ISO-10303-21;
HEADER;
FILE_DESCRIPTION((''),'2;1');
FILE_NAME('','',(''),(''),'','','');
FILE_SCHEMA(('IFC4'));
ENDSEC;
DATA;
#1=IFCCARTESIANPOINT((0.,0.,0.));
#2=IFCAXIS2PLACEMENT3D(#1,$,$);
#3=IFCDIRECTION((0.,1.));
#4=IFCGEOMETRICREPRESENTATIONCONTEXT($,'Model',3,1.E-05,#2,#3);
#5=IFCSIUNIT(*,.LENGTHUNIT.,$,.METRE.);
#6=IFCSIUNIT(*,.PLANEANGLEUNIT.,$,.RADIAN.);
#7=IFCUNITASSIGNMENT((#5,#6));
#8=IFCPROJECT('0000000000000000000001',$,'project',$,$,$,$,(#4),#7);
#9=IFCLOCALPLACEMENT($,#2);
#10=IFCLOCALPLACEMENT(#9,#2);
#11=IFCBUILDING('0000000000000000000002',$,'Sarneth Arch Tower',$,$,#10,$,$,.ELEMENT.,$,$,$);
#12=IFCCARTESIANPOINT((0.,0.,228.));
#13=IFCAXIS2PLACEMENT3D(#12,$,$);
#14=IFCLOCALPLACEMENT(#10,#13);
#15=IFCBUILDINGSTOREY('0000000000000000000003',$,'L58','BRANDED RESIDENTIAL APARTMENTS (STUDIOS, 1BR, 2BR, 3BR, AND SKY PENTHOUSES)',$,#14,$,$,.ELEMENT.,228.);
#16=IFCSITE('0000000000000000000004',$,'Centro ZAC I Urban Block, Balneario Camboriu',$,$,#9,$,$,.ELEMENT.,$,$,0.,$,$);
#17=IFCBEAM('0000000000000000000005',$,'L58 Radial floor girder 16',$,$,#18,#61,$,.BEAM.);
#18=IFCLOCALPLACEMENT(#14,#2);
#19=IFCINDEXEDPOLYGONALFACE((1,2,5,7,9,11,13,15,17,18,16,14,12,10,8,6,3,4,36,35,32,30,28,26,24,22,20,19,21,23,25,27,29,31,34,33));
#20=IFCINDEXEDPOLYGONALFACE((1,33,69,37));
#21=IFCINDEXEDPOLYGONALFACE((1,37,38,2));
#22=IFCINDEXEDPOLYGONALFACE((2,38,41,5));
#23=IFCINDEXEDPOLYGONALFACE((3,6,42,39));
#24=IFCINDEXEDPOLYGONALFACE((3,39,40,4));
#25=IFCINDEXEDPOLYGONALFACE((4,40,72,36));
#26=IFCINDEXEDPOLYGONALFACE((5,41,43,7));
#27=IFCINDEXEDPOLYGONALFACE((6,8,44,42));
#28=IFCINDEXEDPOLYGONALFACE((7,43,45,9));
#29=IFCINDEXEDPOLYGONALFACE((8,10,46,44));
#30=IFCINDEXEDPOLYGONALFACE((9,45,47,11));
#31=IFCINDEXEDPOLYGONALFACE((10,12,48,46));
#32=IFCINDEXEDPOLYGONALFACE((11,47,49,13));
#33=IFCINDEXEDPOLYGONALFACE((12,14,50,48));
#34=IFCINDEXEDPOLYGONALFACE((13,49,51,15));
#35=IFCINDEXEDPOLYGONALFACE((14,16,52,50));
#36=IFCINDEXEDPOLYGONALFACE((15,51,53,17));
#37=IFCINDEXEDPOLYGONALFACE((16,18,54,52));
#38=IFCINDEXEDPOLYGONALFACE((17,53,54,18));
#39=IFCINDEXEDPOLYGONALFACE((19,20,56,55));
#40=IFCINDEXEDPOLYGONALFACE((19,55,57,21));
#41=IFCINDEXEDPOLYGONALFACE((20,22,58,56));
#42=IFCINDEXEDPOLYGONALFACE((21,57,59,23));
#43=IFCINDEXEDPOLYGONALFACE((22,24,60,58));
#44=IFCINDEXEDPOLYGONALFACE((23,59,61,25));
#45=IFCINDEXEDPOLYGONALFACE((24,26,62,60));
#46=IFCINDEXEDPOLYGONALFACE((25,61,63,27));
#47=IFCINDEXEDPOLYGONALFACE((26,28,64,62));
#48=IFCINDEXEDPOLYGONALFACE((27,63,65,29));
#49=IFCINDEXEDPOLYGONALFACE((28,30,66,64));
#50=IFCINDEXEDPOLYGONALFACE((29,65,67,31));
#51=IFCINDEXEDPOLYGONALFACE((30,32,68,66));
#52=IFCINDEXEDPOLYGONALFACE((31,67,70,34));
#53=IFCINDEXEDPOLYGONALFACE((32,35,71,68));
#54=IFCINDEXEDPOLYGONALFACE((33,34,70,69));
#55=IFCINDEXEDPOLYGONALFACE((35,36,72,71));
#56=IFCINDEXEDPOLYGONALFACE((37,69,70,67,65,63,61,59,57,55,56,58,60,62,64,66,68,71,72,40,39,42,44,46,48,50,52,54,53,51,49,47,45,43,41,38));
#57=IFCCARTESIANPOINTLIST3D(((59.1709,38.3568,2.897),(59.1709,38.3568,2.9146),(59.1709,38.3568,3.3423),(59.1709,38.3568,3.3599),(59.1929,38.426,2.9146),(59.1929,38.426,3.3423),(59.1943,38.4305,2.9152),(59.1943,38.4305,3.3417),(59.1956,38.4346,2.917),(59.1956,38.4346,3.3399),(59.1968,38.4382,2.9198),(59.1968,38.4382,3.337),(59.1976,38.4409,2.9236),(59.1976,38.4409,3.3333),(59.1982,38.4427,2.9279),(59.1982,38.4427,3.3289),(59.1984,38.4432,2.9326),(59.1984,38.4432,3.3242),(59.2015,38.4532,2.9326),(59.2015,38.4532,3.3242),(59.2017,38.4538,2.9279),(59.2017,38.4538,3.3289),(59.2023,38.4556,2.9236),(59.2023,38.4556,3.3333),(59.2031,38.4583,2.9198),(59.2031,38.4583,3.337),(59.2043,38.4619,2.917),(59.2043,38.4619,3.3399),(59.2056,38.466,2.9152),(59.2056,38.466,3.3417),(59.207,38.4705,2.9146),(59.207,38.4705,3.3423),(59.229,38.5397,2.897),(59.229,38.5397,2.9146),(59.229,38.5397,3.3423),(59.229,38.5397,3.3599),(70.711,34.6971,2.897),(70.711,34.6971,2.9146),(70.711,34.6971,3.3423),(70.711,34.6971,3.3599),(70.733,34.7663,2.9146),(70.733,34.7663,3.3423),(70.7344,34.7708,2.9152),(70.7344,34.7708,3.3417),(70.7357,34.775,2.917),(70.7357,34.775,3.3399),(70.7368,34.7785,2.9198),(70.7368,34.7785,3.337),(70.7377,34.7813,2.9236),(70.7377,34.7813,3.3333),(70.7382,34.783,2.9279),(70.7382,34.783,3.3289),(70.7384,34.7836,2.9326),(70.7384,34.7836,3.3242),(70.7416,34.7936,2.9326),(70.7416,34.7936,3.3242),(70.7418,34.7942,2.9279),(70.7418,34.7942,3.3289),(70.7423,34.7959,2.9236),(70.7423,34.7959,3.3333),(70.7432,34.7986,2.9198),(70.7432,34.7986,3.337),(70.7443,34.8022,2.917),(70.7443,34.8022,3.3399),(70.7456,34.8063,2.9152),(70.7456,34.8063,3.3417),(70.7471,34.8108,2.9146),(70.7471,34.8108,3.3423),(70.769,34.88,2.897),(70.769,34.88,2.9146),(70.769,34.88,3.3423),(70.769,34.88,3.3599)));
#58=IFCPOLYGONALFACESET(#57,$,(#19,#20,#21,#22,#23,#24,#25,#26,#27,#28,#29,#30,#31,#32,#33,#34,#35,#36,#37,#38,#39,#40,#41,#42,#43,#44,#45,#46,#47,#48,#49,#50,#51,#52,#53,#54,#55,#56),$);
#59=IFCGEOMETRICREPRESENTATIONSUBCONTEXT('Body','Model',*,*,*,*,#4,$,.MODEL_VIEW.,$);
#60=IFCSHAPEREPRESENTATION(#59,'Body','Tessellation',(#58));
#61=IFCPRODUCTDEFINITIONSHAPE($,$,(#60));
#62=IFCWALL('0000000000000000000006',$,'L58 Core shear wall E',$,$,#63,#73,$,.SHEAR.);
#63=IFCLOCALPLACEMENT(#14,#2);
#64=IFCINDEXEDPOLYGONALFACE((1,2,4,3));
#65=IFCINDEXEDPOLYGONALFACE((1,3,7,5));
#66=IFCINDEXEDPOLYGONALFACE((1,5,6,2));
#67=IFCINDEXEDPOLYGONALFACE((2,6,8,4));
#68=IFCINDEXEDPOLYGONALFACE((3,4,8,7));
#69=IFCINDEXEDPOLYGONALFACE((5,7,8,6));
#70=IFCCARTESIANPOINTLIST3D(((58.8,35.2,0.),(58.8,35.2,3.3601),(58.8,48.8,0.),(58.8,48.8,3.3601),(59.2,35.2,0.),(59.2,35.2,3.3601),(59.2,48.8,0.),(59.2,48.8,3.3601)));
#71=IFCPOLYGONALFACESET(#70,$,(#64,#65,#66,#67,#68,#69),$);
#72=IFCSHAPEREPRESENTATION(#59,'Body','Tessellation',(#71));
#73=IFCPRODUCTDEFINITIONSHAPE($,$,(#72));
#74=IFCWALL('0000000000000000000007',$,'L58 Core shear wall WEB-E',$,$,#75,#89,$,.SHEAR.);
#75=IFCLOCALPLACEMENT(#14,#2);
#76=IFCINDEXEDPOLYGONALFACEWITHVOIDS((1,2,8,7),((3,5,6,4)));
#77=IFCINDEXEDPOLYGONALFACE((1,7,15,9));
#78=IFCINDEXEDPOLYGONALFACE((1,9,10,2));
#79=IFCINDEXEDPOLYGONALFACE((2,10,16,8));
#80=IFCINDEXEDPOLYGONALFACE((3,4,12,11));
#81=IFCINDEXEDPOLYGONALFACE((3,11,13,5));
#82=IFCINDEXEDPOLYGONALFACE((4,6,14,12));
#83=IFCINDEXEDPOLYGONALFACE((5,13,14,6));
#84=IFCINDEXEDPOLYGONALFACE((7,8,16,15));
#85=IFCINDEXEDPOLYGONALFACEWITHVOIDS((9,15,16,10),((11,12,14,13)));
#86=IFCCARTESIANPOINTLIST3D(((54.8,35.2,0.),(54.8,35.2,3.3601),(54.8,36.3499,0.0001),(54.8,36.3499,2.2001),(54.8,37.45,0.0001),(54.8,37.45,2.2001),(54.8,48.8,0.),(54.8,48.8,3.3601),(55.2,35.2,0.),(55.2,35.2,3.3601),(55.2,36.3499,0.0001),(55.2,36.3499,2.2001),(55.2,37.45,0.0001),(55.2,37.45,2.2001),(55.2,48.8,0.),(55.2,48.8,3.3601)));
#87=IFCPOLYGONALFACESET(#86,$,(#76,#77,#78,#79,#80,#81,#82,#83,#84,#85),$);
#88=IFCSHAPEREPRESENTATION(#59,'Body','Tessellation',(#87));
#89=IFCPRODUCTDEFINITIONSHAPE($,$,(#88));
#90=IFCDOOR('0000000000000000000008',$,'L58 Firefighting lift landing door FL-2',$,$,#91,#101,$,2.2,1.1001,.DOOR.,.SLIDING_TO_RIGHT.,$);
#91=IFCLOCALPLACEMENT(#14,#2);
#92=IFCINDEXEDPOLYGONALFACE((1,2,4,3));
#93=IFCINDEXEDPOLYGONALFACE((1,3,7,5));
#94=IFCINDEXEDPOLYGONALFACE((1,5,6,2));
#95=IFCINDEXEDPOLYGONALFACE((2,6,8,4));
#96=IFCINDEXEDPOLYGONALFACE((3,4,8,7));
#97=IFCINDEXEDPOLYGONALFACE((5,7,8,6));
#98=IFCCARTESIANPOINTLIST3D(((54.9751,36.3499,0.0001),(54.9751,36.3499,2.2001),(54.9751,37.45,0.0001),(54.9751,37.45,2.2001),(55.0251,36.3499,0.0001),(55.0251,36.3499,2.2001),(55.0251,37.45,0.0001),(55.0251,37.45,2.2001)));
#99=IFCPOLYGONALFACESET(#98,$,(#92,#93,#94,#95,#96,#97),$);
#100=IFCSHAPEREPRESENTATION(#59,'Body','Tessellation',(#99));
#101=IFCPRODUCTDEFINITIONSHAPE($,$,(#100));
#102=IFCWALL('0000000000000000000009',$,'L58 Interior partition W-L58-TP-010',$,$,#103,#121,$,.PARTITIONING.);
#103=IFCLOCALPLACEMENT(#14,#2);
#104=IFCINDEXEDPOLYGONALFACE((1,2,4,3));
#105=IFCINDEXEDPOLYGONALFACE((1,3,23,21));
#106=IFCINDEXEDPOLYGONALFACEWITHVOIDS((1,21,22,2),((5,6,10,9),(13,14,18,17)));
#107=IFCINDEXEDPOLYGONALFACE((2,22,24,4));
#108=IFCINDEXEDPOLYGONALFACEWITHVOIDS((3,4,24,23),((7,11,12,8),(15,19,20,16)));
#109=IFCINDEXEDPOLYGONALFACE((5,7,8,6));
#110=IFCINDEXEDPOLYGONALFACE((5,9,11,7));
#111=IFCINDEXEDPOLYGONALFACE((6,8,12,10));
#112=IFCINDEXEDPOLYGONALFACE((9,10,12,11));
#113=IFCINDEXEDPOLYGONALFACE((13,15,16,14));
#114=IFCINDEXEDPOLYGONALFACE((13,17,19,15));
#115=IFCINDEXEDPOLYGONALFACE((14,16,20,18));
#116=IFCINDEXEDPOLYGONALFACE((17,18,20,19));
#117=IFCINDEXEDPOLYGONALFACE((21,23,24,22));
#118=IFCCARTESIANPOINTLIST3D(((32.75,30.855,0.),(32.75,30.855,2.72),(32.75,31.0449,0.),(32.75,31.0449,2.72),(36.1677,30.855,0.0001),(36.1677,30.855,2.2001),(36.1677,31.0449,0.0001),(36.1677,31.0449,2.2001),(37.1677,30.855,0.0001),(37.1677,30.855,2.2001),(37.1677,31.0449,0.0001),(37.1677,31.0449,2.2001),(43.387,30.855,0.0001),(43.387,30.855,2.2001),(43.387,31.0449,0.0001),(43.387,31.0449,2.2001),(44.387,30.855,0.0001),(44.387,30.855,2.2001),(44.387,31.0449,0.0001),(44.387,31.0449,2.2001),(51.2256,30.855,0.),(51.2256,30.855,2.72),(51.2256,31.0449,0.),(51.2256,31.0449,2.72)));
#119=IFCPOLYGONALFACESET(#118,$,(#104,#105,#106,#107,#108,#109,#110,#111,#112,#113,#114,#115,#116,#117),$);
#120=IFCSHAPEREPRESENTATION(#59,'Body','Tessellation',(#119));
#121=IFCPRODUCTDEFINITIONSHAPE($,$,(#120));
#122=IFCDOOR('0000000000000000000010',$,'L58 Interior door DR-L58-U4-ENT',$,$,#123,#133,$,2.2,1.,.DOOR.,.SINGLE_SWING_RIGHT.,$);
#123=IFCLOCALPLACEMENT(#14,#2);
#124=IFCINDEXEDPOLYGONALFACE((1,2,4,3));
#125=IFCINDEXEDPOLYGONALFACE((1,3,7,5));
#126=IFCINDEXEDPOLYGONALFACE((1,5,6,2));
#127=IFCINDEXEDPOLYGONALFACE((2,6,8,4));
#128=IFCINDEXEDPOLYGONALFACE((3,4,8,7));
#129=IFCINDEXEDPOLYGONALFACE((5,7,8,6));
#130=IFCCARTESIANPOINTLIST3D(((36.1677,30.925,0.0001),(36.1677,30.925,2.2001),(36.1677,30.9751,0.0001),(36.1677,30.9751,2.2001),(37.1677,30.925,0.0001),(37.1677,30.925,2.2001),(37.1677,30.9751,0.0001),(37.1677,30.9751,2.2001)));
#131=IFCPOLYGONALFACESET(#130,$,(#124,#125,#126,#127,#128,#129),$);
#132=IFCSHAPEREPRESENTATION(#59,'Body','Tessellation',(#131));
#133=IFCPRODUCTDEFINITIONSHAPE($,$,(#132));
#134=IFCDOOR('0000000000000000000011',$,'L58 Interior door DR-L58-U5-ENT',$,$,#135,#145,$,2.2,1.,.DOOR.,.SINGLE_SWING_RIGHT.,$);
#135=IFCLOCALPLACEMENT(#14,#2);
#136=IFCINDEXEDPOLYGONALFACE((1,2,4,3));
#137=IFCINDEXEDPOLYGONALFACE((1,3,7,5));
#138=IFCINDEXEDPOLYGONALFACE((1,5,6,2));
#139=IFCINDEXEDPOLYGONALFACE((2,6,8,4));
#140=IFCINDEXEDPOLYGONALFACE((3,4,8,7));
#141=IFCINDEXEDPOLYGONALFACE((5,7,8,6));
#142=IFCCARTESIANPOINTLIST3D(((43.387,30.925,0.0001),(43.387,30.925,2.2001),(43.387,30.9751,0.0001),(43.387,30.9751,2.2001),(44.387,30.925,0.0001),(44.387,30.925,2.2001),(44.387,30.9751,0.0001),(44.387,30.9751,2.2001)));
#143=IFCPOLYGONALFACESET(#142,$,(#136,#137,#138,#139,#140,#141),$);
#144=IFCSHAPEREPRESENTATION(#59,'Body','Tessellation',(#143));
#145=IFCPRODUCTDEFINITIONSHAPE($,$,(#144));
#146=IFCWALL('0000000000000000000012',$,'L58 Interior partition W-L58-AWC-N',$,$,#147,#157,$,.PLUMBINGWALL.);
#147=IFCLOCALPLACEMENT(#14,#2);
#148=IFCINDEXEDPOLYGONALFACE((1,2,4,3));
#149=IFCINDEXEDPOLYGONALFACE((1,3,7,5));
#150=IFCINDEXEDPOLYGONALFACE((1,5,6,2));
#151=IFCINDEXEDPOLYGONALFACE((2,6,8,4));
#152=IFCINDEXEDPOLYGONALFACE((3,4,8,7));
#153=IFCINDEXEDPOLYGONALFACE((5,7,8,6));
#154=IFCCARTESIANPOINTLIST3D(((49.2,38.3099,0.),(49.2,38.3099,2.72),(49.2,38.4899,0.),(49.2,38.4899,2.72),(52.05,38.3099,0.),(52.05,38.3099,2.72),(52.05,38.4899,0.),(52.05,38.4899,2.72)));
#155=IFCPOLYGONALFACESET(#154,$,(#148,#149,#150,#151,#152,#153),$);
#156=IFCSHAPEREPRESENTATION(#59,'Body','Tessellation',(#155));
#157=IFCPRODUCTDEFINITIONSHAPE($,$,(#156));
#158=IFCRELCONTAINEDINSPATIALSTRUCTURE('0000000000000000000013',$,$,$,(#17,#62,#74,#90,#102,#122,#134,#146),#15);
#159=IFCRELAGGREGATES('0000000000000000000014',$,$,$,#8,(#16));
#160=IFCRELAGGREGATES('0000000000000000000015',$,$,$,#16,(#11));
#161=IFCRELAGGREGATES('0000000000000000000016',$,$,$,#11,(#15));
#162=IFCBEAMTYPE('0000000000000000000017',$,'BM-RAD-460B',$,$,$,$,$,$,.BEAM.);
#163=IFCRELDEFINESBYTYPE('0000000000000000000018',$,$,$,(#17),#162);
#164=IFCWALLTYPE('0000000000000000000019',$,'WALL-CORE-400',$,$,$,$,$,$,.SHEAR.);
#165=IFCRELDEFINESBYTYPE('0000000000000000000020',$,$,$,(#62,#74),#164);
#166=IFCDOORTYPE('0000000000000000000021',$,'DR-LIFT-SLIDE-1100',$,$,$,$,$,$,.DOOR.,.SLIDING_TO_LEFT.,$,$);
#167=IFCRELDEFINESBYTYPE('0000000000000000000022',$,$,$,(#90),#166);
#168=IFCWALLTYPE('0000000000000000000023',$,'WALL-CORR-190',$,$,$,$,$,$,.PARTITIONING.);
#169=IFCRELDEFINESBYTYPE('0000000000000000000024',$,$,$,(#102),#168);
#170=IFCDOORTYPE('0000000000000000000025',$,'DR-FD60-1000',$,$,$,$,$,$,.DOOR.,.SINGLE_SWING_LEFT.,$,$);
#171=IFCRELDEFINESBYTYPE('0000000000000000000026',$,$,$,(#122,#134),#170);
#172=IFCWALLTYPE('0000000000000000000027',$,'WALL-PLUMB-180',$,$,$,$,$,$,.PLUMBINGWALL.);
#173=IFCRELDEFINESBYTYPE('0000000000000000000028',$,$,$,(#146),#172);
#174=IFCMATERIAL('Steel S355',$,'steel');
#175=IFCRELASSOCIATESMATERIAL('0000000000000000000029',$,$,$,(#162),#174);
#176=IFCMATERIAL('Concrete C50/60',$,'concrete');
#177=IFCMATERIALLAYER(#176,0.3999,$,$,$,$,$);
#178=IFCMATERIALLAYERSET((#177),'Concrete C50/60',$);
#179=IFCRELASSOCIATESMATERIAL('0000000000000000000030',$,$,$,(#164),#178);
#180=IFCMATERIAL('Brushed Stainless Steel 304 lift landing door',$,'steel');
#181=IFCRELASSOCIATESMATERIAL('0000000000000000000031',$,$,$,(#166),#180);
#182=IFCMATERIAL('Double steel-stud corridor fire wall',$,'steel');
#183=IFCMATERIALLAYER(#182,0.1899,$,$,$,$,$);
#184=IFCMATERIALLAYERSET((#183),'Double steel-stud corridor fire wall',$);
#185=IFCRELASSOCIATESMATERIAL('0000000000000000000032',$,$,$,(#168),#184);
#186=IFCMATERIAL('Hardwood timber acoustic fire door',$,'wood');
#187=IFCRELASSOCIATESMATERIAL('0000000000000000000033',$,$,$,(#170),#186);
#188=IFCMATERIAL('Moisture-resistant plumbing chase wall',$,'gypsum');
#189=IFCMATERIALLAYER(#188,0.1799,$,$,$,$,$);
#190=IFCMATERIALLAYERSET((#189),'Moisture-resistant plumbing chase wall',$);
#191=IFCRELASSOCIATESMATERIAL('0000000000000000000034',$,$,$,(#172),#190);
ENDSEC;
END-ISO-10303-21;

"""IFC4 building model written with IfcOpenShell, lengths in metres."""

from ifc_helpers import new_model, si_unit, direction, frame, frame_2d, origin, origin_2d, place, context, subcontext, project, spatial, rectangle, i_section, extrude, material, layer, layer_set, material_profile, profile_set, type_object, element, fill, save


model = new_model("IFC4")

# Units and contexts
model_context = context("Model", 3, precision=1e-05, world=origin(), true_north=direction((0.0, 1.0)))
body_context = subcontext(model_context, "Body", "Model", "MODEL_VIEW")
ifc_project = project(units=[si_unit("LENGTHUNIT", "METRE"), si_unit("PLANEANGLEUNIT", "RADIAN")], contexts=[model_context])

# Site, building, storey
site_placement = place(None, origin())
site = spatial("IfcSite", under=ifc_project, at=site_placement, Name="Centro ZAC I Urban Block, Balneario Camboriu", CompositionType="ELEMENT", RefElevation=0.0)
building_placement = place(site_placement, origin())
building = spatial("IfcBuilding", under=site, at=building_placement, Name="Sarneth Arch Tower", CompositionType="ELEMENT")
storey_placement = place(building_placement, frame((0.0, 0.0, 228.0)))
storey = spatial("IfcBuildingStorey", under=building, at=storey_placement, Name="L58", Description="BRANDED RESIDENTIAL APARTMENTS (STUDIOS, 1BR, 2BR, 3BR, AND SKY PENTHOUSES)", CompositionType="ELEMENT", Elevation=228.0)

# Beam
ifc_material_1 = material(Name="Steel S355", Category="steel")
ifc_material_profile_1 = material_profile(ifc_material_1, i_section(OverallWidth=0.1919, OverallDepth=0.4629, WebThickness=0.0105, FlangeThickness=0.0176, FilletRadius=0.0181, at=origin_2d()), Name="W460x89")
ifc_profile_set_1 = profile_set([ifc_material_profile_1], Name="Steel S355")
beam_type_1 = type_object("IfcBeamType", Name="BM-RAD-460B", PredefinedType="BEAM", material=ifc_profile_set_1)
beam_1_placement = place(storey_placement, frame((59.2, 38.4482, 3.1284), z_axis=(0.953216, -0.302291, 0.0), x_axis=(0.302291, 0.953216, 0.0)))
element("IfcBeam", 1, at=beam_1_placement, inside=storey, type_object=beam_type_1, Name="L58 Radial floor girder 16", PredefinedType="BEAM", context=body_context, shape_type="SweptSolid", body=[
    extrude(i_section(OverallWidth=0.1919, OverallDepth=0.4629, WebThickness=0.0105, FlangeThickness=0.0176, FilletRadius=0.0181, at=origin_2d()), origin(), (0.0, 0.0, 1.0), 12.1064),
])

# Shared definitions
ifc_material_2 = material(Name="Concrete C50/60", Category="concrete")
ifc_layer_1 = layer(ifc_material_2, 0.3999)
ifc_layer_set_1 = layer_set([ifc_layer_1], Name="Concrete C50/60")
wall_type_1 = type_object("IfcWallType", Name="WALL-CORE-400", PredefinedType="SHEAR", material=ifc_layer_set_1)

# Wall
wall_1_placement = place(storey_placement, frame((59.0, 35.2, 0.0), z_axis=(0.0, 0.0, 1.0), x_axis=(0.0, 1.0, 0.0)))
element("IfcWall", 2, at=wall_1_placement, inside=storey, type_object=wall_type_1, Name="L58 Core shear wall E", PredefinedType="SHEAR", context=body_context, shape_type="SweptSolid", body=[
    extrude(rectangle(XDim=13.6001, YDim=0.3999, at=frame_2d((6.8, 0.0))), origin(), (0.0, 0.0, 1.0), 3.3601),
])

# Wall, opening, door
wall_2_placement = place(storey_placement, frame((55.0, 35.2, 0.0), z_axis=(0.0, 0.0, 1.0), x_axis=(0.0, 1.0, 0.0)))
wall_2 = element("IfcWall", 3, at=wall_2_placement, inside=storey, type_object=wall_type_1, Name="L58 Core shear wall WEB-E", PredefinedType="SHEAR", context=body_context, shape_type="SweptSolid", body=[
    extrude(rectangle(XDim=13.6001, YDim=0.3999, at=frame_2d((6.8, 0.0))), origin(), (0.0, 0.0, 1.0), 3.3601),
])
opening_1_placement = place(wall_2_placement, frame((1.1499, 0.0, 0.0)))
opening_1 = element("IfcOpeningElement", 4, at=opening_1_placement, cuts=wall_2, PredefinedType="OPENING", context=body_context, shape_type="SweptSolid", body=[
    extrude(rectangle(XDim=1.1001, YDim=2.2, at=frame_2d((0.55, 1.1001))), frame((0.0, 0.21, 0.0), z_axis=(0.0, -1.0, 0.0), x_axis=(1.0, 0.0, 0.0)), (0.0, 0.0, 1.0), 0.4199),
])
ifc_material_3 = material(Name="Brushed Stainless Steel 304 lift landing door", Category="steel")
door_type_1 = type_object("IfcDoorType", Name="DR-LIFT-SLIDE-1100", OperationType="SLIDING_TO_LEFT", PredefinedType="DOOR", material=ifc_material_3)
door_1_placement = place(opening_1_placement, origin())
door_1 = element("IfcDoor", 5, at=door_1_placement, inside=storey, type_object=door_type_1, Name="L58 Firefighting lift landing door FL-2", OperationType="SLIDING_TO_RIGHT", OverallHeight=2.2, OverallWidth=1.1001, PredefinedType="DOOR", context=body_context, shape_type="SweptSolid", body=[
    extrude(rectangle(XDim=1.1001, YDim=2.2, at=frame_2d((0.55, 1.1001))), frame((0.0, 0.0249, 0.0), z_axis=(0.0, -1.0, 0.0), x_axis=(1.0, 0.0, 0.0)), (0.0, 0.0, 1.0), 0.05),
])
fill(opening_1, door_1)

# Wall, openings, doors
ifc_material_4 = material(Name="Double steel-stud corridor fire wall", Category="steel")
ifc_layer_2 = layer(ifc_material_4, 0.1899)
ifc_layer_set_2 = layer_set([ifc_layer_2], Name="Double steel-stud corridor fire wall")
wall_type_2 = type_object("IfcWallType", Name="WALL-CORR-190", PredefinedType="PARTITIONING", material=ifc_layer_set_2)
wall_3_placement = place(storey_placement, frame((51.2256, 30.95, 0.0), z_axis=(0.0, 0.0, 1.0), x_axis=(-1.0, 0.0, 0.0)))
wall_3 = element("IfcWall", 6, at=wall_3_placement, inside=storey, type_object=wall_type_2, Name="L58 Interior partition W-L58-TP-010", PredefinedType="PARTITIONING", context=body_context, shape_type="SweptSolid", body=[
    extrude(rectangle(XDim=18.4756, YDim=0.1899, at=frame_2d((9.2378, 0.0))), origin(), (0.0, 0.0, 1.0), 2.72),
])
opening_2_placement = place(wall_3_placement, frame((14.0579, 0.0, 0.0)))
opening_2 = element("IfcOpeningElement", 7, at=opening_2_placement, cuts=wall_3, PredefinedType="OPENING", context=body_context, shape_type="SweptSolid", body=[
    extrude(rectangle(XDim=1.0, YDim=2.2, at=frame_2d((0.5, 1.1001))), frame((0.0, 0.105, 0.0), z_axis=(0.0, -1.0, 0.0), x_axis=(1.0, 0.0, 0.0)), (0.0, 0.0, 1.0), 0.21),
])
opening_3_placement = place(wall_3_placement, frame((6.8386, 0.0, 0.0)))
opening_3 = element("IfcOpeningElement", 8, at=opening_3_placement, cuts=wall_3, PredefinedType="OPENING", context=body_context, shape_type="SweptSolid", body=[
    extrude(rectangle(XDim=1.0, YDim=2.2, at=frame_2d((0.5, 1.1001))), frame((0.0, 0.105, 0.0), z_axis=(0.0, -1.0, 0.0), x_axis=(1.0, 0.0, 0.0)), (0.0, 0.0, 1.0), 0.21),
])
ifc_material_5 = material(Name="Hardwood timber acoustic fire door", Category="wood")
door_type_2 = type_object("IfcDoorType", Name="DR-FD60-1000", OperationType="SINGLE_SWING_LEFT", PredefinedType="DOOR", material=ifc_material_5)
door_2_placement = place(opening_2_placement, origin())
door_2 = element("IfcDoor", 9, at=door_2_placement, inside=storey, type_object=door_type_2, Name="L58 Interior door DR-L58-U4-ENT", OperationType="SINGLE_SWING_RIGHT", OverallHeight=2.2, OverallWidth=1.0, PredefinedType="DOOR", context=body_context, shape_type="SweptSolid", body=[
    extrude(rectangle(XDim=1.0, YDim=2.2, at=frame_2d((0.5, 1.1001))), frame((0.0, 0.0249, 0.0), z_axis=(0.0, -1.0, 0.0), x_axis=(1.0, 0.0, 0.0)), (0.0, 0.0, 1.0), 0.05),
])
fill(opening_2, door_2)
door_3_placement = place(opening_3_placement, origin())
door_3 = element("IfcDoor", 10, at=door_3_placement, inside=storey, type_object=door_type_2, Name="L58 Interior door DR-L58-U5-ENT", OperationType="SINGLE_SWING_RIGHT", OverallHeight=2.2, OverallWidth=1.0, PredefinedType="DOOR", context=body_context, shape_type="SweptSolid", body=[
    extrude(rectangle(XDim=1.0, YDim=2.2, at=frame_2d((0.5, 1.1001))), frame((0.0, 0.0249, 0.0), z_axis=(0.0, -1.0, 0.0), x_axis=(1.0, 0.0, 0.0)), (0.0, 0.0, 1.0), 0.05),
])
fill(opening_3, door_3)

# Wall
ifc_material_6 = material(Name="Moisture-resistant plumbing chase wall", Category="gypsum")
ifc_layer_3 = layer(ifc_material_6, 0.1799)
ifc_layer_set_3 = layer_set([ifc_layer_3], Name="Moisture-resistant plumbing chase wall")
wall_type_3 = type_object("IfcWallType", Name="WALL-PLUMB-180", PredefinedType="PLUMBINGWALL", material=ifc_layer_set_3)
wall_4_placement = place(storey_placement, frame((49.2, 38.3999, 0.0), z_axis=(0.0, 0.0, 1.0), x_axis=(1.0, 0.0, 0.0)))
element("IfcWall", 11, at=wall_4_placement, inside=storey, type_object=wall_type_3, Name="L58 Interior partition W-L58-AWC-N", PredefinedType="PLUMBINGWALL", context=body_context, shape_type="SweptSolid", body=[
    extrude(rectangle(XDim=2.8501, YDim=0.1799, at=frame_2d((1.425, 0.0))), origin(), (0.0, 0.0, 1.0), 2.72),
])

save(model, "model.ifc")
